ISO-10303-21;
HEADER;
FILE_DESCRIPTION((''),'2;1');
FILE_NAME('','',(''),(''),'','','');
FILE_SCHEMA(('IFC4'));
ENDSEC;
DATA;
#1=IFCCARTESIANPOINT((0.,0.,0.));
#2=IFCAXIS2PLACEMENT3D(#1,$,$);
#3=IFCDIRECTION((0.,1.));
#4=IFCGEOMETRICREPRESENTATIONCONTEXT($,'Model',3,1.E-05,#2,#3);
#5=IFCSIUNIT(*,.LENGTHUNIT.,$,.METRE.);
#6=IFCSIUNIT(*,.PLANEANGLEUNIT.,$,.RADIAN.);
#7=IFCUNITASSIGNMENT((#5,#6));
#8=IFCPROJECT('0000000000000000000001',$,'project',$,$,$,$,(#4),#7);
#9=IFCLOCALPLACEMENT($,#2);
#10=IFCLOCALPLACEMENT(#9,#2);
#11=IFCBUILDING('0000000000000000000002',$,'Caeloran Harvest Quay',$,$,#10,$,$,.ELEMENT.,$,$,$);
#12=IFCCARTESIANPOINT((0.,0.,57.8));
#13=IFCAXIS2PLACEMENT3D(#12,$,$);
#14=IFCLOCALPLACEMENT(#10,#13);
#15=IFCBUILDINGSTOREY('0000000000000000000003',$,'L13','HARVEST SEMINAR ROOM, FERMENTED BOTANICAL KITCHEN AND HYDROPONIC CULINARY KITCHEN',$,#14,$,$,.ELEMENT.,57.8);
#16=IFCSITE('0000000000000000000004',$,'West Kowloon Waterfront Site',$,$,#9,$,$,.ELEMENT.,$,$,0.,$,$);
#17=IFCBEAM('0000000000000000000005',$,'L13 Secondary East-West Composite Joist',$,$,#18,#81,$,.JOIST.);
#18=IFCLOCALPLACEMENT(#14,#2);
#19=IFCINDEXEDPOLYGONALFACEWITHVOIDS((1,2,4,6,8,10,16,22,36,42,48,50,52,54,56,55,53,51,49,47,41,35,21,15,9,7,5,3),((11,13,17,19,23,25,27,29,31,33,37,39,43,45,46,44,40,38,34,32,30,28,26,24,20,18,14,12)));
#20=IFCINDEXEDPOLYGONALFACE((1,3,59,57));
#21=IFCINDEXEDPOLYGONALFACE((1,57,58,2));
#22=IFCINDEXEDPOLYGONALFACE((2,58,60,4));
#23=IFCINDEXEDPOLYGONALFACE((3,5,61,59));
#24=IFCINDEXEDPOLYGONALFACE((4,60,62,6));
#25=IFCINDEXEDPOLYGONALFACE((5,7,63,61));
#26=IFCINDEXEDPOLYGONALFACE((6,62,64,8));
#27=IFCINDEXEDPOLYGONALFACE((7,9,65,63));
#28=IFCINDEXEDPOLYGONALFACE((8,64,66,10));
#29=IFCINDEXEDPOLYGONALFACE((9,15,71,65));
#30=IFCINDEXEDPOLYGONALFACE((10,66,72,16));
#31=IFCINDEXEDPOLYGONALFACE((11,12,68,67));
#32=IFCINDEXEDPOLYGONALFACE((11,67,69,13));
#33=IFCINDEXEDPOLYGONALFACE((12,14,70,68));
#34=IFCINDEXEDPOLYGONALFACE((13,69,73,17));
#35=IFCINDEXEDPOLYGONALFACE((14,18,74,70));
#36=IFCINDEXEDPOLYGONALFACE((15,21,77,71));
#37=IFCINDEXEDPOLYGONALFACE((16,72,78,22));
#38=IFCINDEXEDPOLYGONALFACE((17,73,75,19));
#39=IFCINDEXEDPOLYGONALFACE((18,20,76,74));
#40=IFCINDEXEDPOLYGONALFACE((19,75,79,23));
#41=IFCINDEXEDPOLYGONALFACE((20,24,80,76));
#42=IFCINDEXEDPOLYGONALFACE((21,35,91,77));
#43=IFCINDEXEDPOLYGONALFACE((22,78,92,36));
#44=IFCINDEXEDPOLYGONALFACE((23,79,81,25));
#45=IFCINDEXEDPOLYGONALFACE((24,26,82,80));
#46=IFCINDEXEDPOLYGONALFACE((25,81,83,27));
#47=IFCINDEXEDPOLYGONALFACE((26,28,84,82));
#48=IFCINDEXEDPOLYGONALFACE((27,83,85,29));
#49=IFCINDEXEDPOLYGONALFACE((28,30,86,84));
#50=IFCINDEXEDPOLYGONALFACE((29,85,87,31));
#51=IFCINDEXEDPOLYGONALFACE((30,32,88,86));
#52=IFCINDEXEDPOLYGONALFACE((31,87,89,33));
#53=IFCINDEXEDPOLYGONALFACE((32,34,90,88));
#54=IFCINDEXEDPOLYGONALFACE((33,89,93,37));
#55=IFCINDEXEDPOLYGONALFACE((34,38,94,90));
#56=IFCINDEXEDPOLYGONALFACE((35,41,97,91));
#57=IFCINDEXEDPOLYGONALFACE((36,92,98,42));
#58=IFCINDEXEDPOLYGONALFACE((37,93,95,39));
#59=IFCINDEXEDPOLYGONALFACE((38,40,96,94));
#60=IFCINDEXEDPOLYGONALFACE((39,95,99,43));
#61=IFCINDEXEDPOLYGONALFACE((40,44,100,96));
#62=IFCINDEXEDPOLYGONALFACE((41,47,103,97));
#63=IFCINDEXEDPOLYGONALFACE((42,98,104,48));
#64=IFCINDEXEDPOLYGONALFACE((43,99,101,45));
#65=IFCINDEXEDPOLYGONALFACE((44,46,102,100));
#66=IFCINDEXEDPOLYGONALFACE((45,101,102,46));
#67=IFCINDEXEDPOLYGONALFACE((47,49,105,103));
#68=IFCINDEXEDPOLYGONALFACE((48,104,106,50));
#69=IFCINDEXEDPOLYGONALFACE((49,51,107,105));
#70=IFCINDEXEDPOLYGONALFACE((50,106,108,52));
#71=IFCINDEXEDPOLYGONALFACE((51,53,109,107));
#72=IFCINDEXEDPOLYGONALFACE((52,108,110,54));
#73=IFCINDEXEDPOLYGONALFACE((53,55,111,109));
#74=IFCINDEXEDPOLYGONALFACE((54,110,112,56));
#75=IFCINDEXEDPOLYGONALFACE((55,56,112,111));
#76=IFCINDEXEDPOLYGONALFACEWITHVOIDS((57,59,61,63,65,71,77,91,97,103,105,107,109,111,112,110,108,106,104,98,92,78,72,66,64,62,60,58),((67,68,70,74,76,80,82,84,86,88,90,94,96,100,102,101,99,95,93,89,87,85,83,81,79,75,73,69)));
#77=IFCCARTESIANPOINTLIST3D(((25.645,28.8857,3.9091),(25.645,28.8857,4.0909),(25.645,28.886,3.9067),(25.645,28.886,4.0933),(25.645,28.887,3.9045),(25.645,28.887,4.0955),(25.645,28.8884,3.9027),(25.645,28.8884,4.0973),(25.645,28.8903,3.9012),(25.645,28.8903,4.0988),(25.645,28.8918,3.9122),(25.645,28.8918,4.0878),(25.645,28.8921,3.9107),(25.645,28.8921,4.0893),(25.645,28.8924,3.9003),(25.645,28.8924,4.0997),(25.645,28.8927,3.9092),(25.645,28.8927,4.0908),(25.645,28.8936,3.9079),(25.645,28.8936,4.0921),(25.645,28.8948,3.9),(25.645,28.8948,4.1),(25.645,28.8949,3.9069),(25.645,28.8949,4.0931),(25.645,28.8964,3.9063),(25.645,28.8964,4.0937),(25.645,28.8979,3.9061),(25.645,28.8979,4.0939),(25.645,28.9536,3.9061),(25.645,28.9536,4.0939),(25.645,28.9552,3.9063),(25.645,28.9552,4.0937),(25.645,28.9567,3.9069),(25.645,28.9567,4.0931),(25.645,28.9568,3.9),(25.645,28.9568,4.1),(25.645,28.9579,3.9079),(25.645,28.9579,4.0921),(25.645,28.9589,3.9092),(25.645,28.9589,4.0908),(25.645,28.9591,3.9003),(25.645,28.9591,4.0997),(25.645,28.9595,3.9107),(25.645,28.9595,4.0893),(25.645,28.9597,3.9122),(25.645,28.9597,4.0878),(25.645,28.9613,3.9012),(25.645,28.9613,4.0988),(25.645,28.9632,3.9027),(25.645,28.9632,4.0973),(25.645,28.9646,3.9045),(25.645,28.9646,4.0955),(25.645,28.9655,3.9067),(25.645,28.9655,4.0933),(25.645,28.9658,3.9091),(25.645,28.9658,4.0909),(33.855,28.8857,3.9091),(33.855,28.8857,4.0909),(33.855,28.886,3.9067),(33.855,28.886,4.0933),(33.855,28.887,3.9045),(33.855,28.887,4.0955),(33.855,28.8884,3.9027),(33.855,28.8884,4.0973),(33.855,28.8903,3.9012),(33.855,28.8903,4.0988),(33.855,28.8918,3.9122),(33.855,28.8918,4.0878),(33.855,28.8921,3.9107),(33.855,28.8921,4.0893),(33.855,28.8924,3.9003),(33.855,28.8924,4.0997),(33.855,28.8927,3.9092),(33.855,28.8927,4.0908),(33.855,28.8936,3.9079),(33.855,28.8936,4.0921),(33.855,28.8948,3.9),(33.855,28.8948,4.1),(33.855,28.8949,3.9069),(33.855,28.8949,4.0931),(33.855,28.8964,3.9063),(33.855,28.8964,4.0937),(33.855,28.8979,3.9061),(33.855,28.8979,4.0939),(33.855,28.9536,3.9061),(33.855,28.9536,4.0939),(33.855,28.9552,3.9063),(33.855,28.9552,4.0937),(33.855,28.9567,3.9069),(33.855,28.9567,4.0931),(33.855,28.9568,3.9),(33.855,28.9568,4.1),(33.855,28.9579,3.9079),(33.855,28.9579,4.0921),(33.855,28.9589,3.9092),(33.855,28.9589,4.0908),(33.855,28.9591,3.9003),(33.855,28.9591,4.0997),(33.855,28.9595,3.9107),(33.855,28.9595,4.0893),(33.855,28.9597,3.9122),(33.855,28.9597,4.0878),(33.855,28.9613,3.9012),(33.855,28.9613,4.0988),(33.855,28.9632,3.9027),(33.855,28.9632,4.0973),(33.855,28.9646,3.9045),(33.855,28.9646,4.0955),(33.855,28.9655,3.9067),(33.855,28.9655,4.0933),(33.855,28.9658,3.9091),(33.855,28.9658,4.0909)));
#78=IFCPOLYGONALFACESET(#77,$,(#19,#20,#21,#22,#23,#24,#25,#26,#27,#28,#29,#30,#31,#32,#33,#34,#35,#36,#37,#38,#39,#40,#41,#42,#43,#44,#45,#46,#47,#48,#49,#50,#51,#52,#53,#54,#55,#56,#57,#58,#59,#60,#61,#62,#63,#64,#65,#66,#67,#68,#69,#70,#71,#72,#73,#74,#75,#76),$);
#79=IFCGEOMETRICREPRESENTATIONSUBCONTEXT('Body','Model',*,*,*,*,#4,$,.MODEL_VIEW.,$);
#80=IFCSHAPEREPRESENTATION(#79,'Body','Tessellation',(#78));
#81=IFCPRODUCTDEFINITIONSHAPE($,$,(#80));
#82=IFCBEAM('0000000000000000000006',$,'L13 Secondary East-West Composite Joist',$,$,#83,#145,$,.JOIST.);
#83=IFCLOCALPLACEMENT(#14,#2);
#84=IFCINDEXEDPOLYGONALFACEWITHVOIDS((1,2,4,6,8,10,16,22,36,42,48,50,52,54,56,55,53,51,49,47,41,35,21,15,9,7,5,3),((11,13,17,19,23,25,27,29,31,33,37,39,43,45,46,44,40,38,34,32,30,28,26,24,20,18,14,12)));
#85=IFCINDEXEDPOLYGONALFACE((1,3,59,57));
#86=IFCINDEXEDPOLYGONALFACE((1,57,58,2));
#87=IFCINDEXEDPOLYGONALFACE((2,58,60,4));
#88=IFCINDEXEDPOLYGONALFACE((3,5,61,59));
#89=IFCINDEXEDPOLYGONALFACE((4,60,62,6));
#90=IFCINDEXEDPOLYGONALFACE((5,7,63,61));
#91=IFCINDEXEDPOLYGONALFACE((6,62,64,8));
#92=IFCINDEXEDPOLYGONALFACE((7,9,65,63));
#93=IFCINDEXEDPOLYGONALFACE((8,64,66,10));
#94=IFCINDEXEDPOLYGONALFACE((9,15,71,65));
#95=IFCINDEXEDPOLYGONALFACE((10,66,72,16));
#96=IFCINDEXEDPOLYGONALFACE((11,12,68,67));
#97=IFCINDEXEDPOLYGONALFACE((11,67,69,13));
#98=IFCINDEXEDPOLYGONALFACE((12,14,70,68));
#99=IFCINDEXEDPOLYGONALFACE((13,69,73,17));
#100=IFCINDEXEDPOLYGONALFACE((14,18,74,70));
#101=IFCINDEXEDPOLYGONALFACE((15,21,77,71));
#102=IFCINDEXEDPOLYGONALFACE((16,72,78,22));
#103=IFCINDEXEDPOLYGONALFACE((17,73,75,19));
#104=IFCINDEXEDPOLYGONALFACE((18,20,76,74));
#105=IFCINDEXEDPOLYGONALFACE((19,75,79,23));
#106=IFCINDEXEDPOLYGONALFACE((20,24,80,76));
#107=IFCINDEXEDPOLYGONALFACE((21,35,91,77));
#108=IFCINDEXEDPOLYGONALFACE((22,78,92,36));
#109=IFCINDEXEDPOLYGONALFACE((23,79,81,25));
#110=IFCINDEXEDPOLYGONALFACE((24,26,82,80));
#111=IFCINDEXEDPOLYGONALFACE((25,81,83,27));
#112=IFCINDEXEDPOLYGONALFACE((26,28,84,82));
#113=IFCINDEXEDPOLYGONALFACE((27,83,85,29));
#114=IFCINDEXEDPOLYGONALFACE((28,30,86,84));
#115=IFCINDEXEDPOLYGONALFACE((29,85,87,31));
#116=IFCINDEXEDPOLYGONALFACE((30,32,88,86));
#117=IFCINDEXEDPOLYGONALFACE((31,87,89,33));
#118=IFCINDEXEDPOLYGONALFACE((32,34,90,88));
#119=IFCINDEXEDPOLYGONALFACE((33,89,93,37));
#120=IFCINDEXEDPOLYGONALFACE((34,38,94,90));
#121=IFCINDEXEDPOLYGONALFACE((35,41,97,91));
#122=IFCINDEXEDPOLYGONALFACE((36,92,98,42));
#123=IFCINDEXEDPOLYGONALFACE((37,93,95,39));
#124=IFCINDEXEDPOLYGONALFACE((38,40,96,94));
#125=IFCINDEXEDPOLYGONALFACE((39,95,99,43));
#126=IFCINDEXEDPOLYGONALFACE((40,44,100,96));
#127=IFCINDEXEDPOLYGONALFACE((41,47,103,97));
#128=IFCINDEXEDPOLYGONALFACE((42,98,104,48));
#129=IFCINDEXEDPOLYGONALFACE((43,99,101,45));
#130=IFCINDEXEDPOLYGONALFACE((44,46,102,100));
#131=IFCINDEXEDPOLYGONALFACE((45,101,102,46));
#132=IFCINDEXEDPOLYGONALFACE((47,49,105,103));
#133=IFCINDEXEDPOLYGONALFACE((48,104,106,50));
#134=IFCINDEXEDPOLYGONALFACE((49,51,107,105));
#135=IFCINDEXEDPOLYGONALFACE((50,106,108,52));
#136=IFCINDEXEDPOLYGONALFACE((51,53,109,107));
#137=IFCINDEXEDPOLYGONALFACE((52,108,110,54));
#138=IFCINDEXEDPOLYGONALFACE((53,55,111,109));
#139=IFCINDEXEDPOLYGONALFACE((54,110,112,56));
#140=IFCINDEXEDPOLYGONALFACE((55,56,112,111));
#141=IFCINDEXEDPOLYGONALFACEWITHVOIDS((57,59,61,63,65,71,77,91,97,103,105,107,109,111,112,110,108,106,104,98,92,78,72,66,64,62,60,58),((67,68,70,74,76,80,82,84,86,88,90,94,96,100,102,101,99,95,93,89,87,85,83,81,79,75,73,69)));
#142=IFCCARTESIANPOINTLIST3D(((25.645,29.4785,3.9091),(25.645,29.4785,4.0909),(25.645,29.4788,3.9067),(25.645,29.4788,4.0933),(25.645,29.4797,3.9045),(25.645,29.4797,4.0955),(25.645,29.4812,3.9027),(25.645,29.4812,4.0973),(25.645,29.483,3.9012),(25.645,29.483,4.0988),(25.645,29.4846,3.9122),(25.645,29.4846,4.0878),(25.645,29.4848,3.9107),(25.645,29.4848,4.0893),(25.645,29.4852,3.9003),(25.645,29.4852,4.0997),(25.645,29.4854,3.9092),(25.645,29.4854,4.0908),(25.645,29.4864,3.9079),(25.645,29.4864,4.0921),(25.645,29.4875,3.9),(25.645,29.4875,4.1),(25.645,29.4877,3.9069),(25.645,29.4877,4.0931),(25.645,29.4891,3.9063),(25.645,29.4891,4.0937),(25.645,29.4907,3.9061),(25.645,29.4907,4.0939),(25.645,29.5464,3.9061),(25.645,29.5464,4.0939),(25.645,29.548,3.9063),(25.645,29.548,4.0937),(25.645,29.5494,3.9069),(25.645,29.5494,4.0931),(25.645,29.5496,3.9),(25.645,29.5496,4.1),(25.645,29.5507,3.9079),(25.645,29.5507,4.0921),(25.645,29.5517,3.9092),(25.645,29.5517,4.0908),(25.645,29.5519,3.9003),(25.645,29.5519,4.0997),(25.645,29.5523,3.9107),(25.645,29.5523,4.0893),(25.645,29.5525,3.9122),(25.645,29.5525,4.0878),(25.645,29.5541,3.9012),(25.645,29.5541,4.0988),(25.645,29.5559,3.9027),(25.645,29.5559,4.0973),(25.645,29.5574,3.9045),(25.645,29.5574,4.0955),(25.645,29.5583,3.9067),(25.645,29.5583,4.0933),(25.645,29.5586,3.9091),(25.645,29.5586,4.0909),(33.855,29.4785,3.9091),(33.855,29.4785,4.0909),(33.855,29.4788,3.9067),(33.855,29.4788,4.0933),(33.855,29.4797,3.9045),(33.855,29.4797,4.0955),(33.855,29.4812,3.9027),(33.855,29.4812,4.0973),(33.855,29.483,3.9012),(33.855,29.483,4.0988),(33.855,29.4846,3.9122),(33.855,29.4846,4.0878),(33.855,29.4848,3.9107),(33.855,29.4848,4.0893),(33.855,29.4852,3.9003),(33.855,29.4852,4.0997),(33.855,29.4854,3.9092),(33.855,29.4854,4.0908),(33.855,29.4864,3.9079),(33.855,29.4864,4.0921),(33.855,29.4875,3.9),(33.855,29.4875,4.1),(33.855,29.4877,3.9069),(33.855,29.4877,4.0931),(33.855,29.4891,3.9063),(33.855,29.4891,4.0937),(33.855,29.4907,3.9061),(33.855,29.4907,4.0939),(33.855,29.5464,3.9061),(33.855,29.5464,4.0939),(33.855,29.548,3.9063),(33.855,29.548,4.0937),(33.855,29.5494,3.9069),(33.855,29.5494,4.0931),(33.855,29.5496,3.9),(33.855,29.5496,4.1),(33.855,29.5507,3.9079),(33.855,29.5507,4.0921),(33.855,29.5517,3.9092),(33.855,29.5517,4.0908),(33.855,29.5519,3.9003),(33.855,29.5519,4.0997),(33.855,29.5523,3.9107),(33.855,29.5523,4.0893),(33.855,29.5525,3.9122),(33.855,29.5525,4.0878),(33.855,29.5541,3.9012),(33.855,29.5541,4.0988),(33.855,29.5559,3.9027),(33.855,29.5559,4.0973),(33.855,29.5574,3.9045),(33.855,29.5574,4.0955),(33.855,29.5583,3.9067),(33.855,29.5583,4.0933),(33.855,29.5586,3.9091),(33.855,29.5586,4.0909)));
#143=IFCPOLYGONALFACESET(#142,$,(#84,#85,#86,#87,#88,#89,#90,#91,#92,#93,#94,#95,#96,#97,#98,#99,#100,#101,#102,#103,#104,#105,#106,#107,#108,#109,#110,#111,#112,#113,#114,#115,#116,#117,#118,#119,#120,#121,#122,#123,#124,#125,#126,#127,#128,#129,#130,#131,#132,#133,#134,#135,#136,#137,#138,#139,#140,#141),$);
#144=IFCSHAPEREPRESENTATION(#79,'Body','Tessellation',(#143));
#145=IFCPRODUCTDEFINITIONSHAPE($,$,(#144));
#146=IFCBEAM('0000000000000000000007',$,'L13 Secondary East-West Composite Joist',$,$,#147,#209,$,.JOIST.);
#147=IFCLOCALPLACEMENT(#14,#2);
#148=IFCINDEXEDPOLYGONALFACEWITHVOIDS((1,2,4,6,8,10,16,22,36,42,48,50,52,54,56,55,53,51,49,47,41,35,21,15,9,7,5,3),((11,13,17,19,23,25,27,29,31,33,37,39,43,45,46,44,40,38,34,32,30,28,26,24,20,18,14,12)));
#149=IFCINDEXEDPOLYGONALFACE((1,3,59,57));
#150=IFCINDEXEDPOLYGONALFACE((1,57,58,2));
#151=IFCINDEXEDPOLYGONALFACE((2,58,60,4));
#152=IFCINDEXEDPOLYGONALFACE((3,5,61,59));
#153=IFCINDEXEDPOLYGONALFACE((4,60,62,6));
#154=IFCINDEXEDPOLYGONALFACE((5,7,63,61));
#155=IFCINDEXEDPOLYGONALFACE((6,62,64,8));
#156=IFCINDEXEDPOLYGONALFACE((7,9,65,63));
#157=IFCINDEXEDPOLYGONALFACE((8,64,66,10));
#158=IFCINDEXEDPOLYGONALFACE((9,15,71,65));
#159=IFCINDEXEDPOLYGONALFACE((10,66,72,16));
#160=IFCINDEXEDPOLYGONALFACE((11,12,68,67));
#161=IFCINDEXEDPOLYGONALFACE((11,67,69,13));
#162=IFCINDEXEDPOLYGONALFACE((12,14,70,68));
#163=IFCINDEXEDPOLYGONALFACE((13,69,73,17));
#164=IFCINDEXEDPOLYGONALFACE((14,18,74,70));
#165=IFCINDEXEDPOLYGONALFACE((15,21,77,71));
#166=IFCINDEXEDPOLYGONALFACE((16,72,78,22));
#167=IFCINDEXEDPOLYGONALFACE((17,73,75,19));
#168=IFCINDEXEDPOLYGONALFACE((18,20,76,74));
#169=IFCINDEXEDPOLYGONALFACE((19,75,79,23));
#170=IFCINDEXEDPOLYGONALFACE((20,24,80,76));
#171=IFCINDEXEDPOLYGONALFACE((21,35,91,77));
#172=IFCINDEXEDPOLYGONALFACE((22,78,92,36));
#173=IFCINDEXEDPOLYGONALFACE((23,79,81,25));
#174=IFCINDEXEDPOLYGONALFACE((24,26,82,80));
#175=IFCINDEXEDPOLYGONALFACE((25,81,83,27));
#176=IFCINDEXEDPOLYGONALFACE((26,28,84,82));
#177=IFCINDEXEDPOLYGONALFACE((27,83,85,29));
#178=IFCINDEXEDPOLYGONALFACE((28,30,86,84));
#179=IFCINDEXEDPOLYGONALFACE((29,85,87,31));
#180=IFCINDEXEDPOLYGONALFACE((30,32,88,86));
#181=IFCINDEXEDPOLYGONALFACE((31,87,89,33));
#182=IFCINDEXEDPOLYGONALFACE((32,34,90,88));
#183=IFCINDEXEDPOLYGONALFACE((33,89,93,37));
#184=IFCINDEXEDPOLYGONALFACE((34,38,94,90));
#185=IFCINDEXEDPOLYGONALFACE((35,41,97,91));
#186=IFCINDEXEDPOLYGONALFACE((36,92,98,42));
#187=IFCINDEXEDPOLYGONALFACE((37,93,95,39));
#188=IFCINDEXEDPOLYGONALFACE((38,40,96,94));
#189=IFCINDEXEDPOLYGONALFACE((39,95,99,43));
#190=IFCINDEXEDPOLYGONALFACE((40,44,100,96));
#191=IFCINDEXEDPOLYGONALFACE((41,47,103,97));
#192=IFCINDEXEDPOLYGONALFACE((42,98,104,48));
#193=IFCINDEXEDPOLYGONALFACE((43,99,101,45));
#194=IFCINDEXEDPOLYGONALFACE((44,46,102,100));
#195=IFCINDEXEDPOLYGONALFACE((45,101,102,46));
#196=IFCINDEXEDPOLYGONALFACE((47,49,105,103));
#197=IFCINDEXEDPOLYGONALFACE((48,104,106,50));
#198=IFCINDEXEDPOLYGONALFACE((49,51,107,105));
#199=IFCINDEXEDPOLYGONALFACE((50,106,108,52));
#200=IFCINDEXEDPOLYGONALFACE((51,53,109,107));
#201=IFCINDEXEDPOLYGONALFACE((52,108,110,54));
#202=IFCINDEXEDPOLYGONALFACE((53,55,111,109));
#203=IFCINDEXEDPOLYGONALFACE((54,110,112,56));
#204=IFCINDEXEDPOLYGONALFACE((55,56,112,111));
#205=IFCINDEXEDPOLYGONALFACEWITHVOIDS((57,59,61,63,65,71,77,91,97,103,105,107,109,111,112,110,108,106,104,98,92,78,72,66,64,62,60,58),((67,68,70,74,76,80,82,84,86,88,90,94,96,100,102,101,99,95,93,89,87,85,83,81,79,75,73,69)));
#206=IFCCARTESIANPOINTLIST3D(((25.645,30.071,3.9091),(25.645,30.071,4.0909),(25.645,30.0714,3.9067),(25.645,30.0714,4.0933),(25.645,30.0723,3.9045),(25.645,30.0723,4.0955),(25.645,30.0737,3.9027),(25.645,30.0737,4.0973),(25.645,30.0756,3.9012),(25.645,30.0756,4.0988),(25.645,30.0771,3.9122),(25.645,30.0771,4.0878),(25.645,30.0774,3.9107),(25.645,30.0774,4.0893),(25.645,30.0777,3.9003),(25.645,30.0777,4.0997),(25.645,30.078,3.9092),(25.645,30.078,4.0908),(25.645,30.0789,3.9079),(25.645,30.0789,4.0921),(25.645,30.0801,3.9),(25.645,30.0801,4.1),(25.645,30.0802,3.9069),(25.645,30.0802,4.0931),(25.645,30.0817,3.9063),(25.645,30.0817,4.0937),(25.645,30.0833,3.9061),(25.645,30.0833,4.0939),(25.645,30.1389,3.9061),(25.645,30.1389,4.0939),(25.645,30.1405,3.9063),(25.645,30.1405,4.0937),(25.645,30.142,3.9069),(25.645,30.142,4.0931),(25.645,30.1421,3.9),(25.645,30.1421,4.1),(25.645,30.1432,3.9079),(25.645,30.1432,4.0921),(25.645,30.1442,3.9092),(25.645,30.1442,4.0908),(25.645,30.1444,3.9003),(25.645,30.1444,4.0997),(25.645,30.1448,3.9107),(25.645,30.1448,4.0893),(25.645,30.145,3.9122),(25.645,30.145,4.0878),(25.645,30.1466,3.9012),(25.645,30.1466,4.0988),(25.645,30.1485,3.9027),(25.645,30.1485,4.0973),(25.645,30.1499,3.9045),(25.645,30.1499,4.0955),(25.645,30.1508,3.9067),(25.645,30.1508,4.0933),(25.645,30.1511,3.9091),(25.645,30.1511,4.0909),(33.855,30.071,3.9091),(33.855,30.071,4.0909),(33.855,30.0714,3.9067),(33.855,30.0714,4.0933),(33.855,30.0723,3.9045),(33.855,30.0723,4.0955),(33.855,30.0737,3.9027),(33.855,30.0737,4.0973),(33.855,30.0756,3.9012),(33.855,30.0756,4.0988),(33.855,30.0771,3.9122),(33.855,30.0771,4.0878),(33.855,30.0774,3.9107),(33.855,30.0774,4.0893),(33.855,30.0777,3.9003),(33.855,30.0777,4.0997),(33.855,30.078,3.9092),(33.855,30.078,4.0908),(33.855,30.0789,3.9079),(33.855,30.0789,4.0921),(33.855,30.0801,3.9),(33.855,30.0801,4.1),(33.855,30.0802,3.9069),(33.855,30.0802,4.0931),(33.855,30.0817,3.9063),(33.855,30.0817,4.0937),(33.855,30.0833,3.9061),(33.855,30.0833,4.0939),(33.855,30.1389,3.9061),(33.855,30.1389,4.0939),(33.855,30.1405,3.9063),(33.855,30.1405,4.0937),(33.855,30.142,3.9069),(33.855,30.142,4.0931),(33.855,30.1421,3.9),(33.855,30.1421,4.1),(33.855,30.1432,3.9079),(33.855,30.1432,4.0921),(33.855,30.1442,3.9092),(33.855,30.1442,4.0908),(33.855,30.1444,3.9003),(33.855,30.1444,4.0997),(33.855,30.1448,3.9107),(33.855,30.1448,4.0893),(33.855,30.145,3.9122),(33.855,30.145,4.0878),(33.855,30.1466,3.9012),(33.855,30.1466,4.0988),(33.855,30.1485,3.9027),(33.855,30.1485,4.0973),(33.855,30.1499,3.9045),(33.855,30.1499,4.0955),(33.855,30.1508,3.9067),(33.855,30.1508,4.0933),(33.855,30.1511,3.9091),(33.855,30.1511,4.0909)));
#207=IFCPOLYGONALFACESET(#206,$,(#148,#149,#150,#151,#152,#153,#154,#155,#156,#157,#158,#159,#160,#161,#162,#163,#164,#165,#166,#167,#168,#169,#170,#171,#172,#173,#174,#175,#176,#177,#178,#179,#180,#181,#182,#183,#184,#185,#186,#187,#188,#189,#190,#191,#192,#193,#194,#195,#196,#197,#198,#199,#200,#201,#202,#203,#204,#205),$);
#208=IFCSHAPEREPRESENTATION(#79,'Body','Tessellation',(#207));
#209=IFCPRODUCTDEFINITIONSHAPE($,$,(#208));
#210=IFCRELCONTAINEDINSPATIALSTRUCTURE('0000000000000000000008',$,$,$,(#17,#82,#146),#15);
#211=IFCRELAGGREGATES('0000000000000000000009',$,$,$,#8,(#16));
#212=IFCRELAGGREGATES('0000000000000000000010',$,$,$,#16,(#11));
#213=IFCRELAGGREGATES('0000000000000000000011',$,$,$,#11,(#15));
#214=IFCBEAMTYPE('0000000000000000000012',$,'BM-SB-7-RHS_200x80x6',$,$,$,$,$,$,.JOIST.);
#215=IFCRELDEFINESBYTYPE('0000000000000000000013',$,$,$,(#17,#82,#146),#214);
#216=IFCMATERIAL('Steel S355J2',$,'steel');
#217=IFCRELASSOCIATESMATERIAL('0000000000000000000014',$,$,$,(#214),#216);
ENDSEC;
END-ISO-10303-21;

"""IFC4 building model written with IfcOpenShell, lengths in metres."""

from ifc_helpers import new_model, si_unit, direction, frame, origin, origin_2d, place, context, subcontext, project, spatial, hollow_rectangle, extrude, material, material_profile, profile_set, type_object, element, save


model = new_model("IFC4")

# Units and contexts
model_context = context("Model", 3, precision=1e-05, world=origin(), true_north=direction((0.0, 1.0)))
body_context = subcontext(model_context, "Body", "Model", "MODEL_VIEW")
ifc_project = project(units=[si_unit("LENGTHUNIT", "METRE"), si_unit("PLANEANGLEUNIT", "RADIAN")], contexts=[model_context])

# Site, building, storey
site_placement = place(None, origin())
site = spatial("IfcSite", under=ifc_project, at=site_placement, Name="West Kowloon Waterfront Site", CompositionType="ELEMENT", RefElevation=0.0)
building_placement = place(site_placement, origin())
building = spatial("IfcBuilding", under=site, at=building_placement, Name="Caeloran Harvest Quay", CompositionType="ELEMENT")
storey_placement = place(building_placement, frame((0.0, 0.0, 57.8)))
storey = spatial("IfcBuildingStorey", under=building, at=storey_placement, Name="L13", Description="HARVEST SEMINAR ROOM, FERMENTED BOTANICAL KITCHEN AND HYDROPONIC CULINARY KITCHEN", CompositionType="ELEMENT", Elevation=57.8)

# Beams
ifc_material_1 = material(Name="Steel S355J2", Category="steel")
ifc_material_profile_1 = material_profile(ifc_material_1, hollow_rectangle(XDim=0.0801, YDim=0.2, WallThickness=0.0061, InnerFilletRadius=0.0061, OuterFilletRadius=0.009, at=origin_2d()), Name="RHS 200x80x6")
ifc_profile_set_1 = profile_set([ifc_material_profile_1], Name="Steel S355J2")
beam_type_1 = type_object("IfcBeamType", Name="BM-SB-7-RHS_200x80x6", PredefinedType="JOIST", material=ifc_profile_set_1)
for number, where, z_axis, x_axis, name in (
    (1, (25.645, 28.9258, 4.0), (1.0, 0.0, 0.0), (0.0, 1.0, 0.0), "L13 Secondary East-West Composite Joist"),
    (2, (25.645, 29.5186, 4.0), (1.0, 0.0, 0.0), (0.0, 1.0, 0.0), "L13 Secondary East-West Composite Joist"),
    (3, (25.645, 30.1111, 4.0), (1.0, 0.0, 0.0), (0.0, 1.0, 0.0), "L13 Secondary East-West Composite Joist"),
):
    element("IfcBeam", number, at=place(storey_placement, frame(where, z_axis=z_axis, x_axis=x_axis)), inside=storey, type_object=beam_type_1, Name=name, PredefinedType="JOIST", context=body_context, shape_type="SweptSolid", body=[
        extrude(hollow_rectangle(XDim=0.0801, YDim=0.2, WallThickness=0.0061, InnerFilletRadius=0.0061, OuterFilletRadius=0.009, at=origin_2d()), origin(), (0.0, 0.0, 1.0), 8.21),
    ])

save(model, "model.ifc")
